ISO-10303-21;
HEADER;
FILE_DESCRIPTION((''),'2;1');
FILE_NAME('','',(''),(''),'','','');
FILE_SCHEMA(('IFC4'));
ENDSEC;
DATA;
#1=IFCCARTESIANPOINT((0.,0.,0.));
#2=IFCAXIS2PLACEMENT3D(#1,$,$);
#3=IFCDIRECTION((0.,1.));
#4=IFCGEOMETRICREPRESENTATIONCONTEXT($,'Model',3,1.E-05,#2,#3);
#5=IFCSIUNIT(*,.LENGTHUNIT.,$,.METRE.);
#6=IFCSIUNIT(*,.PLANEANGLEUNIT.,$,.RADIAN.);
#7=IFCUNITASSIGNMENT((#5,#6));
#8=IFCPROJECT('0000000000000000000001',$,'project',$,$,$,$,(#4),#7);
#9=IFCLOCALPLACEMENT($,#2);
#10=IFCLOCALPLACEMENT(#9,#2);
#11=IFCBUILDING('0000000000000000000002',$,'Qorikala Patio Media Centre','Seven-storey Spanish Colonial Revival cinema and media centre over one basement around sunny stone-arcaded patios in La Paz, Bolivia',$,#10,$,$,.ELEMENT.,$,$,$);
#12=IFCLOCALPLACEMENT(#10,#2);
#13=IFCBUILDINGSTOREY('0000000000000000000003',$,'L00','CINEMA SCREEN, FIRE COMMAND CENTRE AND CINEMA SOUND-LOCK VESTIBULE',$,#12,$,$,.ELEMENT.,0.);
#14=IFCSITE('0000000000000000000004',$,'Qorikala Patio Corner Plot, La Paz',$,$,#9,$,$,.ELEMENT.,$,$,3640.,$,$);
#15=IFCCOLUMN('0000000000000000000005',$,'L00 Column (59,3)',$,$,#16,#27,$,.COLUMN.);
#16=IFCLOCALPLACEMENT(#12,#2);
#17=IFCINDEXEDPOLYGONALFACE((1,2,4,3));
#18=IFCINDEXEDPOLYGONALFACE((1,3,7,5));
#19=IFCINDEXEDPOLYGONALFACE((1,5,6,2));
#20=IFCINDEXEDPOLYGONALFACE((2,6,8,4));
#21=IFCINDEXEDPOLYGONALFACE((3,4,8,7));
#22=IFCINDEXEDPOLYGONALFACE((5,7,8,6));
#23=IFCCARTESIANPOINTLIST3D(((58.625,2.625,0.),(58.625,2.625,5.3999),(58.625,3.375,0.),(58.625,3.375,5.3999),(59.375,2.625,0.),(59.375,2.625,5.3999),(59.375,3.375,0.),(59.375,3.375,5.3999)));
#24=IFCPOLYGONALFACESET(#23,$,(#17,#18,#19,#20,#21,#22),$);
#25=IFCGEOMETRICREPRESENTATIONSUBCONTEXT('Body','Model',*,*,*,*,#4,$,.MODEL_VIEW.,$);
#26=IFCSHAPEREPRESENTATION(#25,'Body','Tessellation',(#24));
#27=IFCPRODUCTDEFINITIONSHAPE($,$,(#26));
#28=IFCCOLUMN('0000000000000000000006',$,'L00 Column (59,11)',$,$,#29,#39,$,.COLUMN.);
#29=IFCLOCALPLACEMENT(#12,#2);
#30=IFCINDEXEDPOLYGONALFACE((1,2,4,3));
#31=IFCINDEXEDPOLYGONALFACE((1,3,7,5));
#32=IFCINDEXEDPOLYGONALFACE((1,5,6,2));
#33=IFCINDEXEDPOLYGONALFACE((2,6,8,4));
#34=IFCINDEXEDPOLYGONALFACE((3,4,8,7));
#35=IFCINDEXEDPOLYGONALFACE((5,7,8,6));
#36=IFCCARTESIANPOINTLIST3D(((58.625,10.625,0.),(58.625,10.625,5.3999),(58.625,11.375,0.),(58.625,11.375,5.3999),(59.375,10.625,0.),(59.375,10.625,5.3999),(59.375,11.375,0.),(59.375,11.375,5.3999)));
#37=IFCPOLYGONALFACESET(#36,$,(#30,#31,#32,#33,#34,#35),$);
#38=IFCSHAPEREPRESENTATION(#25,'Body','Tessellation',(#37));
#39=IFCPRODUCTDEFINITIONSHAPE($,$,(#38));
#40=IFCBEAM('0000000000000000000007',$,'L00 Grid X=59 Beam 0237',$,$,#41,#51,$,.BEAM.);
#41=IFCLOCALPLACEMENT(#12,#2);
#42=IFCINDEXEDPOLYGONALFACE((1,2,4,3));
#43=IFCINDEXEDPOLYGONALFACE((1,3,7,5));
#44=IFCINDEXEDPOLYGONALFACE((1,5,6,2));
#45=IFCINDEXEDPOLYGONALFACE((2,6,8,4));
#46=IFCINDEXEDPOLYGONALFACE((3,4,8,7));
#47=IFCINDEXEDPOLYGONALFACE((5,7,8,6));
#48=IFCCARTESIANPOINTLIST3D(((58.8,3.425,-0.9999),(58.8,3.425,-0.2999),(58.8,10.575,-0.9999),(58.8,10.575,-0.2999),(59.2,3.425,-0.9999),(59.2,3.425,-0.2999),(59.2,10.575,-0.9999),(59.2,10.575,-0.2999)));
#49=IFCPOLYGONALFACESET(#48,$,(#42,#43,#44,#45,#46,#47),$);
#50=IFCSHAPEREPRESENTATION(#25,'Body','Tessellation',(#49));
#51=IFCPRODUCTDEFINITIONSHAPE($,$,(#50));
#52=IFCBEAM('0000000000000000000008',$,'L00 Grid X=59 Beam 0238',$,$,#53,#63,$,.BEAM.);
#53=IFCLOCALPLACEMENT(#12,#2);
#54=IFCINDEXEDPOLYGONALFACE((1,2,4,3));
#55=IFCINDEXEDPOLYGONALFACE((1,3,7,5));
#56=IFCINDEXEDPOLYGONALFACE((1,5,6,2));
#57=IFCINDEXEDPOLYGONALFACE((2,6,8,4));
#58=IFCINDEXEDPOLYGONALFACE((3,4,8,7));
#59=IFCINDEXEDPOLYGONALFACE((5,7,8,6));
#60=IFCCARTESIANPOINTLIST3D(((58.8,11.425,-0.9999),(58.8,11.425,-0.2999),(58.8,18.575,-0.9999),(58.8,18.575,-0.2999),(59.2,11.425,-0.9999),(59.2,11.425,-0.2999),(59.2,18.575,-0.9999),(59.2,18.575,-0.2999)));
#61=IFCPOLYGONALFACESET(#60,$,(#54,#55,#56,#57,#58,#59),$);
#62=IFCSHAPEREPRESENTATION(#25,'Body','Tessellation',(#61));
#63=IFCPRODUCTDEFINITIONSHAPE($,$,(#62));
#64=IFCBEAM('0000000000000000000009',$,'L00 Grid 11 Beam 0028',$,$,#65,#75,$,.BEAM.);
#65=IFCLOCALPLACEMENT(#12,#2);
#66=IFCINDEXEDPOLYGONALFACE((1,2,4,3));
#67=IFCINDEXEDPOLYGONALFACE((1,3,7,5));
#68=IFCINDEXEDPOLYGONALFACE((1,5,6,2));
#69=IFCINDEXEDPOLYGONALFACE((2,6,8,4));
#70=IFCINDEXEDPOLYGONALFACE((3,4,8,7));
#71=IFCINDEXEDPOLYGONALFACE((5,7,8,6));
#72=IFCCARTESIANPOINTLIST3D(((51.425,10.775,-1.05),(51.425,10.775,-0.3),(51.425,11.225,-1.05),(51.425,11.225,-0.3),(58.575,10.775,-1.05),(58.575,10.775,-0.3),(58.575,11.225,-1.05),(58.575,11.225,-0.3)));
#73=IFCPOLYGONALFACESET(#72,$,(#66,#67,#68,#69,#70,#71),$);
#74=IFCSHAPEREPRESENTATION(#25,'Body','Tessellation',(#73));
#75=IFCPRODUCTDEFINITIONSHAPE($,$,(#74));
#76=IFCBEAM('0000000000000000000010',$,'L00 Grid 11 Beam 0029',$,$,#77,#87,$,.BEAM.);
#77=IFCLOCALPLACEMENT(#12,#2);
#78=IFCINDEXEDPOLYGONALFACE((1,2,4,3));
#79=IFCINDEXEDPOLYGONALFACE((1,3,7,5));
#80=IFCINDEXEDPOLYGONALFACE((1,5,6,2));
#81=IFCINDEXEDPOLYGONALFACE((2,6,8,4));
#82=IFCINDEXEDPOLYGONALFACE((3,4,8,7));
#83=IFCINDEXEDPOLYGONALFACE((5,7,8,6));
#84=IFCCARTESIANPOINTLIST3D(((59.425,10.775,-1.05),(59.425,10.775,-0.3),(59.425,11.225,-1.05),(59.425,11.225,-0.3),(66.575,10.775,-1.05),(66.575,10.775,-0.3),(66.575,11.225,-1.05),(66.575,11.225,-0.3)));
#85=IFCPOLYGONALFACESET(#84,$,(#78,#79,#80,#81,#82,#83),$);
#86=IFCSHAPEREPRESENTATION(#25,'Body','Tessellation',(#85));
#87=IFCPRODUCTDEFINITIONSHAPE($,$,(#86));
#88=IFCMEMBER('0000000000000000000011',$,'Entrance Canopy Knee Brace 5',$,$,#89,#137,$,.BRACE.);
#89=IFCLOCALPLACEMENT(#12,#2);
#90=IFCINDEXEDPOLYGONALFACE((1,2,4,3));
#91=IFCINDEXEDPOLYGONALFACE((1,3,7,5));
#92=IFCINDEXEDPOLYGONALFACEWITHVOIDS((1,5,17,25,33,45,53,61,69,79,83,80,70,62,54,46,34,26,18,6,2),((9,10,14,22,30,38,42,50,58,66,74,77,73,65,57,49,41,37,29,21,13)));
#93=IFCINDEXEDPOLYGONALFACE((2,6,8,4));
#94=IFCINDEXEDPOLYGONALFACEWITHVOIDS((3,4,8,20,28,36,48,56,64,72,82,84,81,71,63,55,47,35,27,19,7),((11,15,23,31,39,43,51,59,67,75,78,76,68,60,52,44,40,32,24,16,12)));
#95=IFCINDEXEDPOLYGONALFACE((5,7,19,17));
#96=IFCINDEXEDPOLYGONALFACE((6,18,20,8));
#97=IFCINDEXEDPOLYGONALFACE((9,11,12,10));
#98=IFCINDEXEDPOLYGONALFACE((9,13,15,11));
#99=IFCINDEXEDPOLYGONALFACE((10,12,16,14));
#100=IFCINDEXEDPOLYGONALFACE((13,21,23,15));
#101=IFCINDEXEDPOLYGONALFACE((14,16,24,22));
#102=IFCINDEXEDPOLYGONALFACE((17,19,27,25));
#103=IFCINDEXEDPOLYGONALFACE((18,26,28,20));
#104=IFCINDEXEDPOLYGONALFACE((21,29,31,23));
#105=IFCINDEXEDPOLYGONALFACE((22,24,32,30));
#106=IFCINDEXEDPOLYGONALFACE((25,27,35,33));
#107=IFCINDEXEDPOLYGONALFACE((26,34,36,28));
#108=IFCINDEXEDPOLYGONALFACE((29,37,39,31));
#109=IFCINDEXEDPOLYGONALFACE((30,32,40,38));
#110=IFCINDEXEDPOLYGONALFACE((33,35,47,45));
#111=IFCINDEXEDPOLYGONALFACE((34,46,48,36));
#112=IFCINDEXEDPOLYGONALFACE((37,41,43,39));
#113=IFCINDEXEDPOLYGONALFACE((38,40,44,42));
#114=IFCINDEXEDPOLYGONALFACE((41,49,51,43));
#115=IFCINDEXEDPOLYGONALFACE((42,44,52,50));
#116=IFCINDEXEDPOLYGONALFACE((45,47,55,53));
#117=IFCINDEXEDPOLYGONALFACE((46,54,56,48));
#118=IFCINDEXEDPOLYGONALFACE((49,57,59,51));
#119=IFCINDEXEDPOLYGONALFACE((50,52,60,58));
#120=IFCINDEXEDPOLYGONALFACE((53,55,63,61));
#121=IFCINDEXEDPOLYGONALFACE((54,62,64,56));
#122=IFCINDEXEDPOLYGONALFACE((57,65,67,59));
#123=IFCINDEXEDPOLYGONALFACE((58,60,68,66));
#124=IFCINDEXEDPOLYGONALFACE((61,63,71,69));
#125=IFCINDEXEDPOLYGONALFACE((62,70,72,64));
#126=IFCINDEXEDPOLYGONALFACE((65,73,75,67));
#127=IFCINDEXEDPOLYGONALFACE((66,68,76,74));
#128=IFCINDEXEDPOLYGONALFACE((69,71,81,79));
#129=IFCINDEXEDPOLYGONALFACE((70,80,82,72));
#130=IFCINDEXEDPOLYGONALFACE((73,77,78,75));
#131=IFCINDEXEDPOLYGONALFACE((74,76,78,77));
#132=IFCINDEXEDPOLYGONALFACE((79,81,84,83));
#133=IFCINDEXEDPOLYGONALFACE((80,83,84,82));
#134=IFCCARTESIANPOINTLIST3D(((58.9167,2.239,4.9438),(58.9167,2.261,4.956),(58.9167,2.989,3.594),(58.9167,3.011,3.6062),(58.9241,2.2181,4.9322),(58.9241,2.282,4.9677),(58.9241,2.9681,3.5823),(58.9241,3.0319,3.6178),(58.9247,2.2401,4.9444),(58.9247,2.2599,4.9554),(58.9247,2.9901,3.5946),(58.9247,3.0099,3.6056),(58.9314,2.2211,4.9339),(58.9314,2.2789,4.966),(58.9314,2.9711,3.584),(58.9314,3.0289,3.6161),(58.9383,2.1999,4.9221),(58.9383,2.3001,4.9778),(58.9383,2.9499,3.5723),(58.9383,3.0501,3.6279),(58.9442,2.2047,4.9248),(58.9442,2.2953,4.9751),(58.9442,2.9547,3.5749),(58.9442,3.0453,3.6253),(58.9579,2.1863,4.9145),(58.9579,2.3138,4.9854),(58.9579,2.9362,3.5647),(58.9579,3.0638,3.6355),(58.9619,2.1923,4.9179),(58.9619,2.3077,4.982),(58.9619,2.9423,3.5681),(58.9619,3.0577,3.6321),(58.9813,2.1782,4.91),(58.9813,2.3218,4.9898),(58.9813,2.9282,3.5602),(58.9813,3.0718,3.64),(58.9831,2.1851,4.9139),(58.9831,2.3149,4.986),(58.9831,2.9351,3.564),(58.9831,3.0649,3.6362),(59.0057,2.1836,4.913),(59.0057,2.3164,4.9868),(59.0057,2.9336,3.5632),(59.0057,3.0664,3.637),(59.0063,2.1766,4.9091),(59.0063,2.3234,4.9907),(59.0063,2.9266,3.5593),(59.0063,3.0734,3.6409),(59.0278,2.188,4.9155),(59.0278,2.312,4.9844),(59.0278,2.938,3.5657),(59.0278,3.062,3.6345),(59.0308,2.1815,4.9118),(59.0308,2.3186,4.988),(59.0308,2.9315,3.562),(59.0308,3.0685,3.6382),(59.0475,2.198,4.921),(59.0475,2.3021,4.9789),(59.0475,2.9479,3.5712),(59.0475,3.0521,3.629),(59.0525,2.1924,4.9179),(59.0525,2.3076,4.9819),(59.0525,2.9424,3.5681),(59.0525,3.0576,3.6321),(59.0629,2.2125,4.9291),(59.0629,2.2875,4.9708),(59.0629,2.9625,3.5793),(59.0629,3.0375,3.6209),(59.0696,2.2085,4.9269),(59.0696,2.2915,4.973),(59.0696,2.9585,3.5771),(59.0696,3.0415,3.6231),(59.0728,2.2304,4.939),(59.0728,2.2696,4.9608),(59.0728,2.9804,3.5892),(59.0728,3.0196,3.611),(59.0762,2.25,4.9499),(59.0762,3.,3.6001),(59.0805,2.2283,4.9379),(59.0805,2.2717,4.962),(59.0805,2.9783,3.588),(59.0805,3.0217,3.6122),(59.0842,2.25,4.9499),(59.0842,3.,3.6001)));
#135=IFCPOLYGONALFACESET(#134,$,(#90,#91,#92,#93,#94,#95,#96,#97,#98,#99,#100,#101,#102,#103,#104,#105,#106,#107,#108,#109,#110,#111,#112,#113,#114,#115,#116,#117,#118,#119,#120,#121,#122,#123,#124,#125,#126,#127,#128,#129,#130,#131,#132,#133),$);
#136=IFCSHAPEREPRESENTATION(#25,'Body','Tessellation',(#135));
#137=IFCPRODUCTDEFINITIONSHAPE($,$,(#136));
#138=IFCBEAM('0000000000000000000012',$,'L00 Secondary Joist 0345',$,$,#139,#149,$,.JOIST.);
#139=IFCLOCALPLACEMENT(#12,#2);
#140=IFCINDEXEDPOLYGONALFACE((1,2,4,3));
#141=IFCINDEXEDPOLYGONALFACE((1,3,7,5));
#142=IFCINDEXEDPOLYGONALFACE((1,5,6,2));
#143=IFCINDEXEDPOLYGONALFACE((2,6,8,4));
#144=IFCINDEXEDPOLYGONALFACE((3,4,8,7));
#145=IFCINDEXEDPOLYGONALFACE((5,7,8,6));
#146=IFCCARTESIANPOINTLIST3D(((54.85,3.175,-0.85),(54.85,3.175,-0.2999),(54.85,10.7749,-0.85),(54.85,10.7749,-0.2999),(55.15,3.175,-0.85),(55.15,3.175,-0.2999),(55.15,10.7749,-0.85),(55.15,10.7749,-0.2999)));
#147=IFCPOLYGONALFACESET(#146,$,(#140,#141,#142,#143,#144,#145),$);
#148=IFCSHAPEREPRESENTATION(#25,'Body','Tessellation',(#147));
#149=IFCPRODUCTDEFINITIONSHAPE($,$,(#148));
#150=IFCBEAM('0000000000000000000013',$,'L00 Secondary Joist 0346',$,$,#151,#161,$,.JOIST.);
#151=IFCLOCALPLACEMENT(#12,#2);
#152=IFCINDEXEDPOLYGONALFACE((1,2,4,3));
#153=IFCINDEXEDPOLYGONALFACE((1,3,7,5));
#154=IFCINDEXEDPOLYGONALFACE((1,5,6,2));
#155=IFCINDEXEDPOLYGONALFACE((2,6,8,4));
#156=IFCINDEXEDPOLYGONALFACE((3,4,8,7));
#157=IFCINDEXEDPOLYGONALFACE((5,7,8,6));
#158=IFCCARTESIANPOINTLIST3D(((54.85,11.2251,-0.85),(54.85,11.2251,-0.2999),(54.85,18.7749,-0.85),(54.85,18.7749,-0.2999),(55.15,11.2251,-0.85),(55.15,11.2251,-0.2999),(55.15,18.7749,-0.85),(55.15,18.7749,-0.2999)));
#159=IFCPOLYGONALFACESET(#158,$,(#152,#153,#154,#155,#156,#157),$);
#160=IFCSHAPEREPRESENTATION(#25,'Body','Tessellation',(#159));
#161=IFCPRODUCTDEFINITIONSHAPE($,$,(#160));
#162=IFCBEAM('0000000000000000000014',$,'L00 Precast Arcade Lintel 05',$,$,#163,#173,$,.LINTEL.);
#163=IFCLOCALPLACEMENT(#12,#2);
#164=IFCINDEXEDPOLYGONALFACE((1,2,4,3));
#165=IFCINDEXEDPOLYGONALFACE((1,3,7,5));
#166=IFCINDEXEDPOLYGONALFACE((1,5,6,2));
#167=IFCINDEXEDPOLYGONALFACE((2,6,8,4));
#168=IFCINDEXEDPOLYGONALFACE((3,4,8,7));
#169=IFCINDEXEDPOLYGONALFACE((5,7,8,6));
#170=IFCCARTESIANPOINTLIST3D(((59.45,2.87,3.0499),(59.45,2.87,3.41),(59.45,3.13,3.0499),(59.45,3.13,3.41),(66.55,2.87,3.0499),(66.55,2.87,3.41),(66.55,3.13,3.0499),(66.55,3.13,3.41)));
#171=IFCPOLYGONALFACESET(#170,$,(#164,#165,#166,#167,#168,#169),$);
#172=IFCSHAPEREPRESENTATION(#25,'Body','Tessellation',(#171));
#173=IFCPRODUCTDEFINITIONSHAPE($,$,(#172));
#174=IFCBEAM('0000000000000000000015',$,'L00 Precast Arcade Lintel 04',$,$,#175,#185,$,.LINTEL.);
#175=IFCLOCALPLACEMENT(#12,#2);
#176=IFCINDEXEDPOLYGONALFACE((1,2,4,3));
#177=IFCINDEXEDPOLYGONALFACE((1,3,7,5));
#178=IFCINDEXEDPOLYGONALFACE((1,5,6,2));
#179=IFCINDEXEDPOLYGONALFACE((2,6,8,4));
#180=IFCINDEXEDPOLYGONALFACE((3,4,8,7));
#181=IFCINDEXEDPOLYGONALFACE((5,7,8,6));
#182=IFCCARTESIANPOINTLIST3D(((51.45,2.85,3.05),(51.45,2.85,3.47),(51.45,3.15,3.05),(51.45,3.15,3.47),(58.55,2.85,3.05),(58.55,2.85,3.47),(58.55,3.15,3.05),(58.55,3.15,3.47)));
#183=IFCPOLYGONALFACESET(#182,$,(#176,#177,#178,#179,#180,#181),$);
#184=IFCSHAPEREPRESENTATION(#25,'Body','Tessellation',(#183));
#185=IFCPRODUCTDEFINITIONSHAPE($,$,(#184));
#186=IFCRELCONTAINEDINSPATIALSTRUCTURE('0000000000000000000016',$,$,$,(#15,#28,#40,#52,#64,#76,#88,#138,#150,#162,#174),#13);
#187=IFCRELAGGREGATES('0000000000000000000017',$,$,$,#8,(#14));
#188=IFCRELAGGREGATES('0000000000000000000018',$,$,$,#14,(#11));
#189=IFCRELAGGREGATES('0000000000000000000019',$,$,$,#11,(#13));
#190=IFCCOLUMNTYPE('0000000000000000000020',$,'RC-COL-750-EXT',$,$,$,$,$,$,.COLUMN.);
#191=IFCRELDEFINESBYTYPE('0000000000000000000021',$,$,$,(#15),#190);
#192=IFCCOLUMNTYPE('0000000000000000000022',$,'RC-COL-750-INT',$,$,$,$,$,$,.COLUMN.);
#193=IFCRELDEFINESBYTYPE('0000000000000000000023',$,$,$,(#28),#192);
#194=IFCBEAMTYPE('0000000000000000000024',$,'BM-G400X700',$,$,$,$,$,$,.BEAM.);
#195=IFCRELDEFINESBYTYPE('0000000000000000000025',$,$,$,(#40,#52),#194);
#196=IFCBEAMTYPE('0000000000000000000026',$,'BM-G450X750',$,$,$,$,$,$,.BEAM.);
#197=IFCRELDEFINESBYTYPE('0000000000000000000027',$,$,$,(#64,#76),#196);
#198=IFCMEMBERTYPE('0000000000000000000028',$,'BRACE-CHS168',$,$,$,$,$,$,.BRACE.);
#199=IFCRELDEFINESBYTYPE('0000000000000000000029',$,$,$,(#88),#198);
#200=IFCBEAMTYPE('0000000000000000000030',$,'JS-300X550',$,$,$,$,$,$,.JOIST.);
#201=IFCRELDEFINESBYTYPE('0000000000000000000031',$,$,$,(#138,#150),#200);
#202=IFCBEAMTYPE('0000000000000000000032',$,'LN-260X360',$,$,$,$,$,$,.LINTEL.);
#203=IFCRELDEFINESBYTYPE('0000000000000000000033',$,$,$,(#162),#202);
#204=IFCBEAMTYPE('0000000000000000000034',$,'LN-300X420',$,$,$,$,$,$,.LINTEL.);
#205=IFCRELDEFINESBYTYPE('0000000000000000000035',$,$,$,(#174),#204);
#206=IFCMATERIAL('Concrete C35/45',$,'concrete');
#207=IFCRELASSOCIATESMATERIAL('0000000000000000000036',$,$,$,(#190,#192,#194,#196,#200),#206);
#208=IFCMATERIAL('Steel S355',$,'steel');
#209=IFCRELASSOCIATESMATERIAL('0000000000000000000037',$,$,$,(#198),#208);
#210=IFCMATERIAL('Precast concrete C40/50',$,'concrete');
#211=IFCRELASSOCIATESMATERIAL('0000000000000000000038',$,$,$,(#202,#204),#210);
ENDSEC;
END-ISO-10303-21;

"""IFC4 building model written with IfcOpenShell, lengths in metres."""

from ifc_helpers import new_model, si_unit, direction, frame, origin, origin_2d, place, context, subcontext, project, spatial, rectangle, hollow_circle, extrude, material, material_profile, profile_set, type_object, element, save


model = new_model("IFC4")

# Units and contexts
model_context = context("Model", 3, precision=1e-05, world=origin(), true_north=direction((0.0, 1.0)))
body_context = subcontext(model_context, "Body", "Model", "MODEL_VIEW")
ifc_project = project(units=[si_unit("LENGTHUNIT", "METRE"), si_unit("PLANEANGLEUNIT", "RADIAN")], contexts=[model_context])

# Site, building, storey
site_placement = place(None, origin())
site = spatial("IfcSite", under=ifc_project, at=site_placement, Name="Qorikala Patio Corner Plot, La Paz", CompositionType="ELEMENT", RefElevation=3640.0)
building_placement = place(site_placement, origin())
building = spatial("IfcBuilding", under=site, at=building_placement, Name="Qorikala Patio Media Centre", Description="Seven-storey Spanish Colonial Revival cinema and media centre over one basement around sunny stone-arcaded patios in La Paz, Bolivia", CompositionType="ELEMENT")
storey_placement = place(building_placement, origin())
storey = spatial("IfcBuildingStorey", under=building, at=storey_placement, Name="L00", Description="CINEMA SCREEN, FIRE COMMAND CENTRE AND CINEMA SOUND-LOCK VESTIBULE", CompositionType="ELEMENT", Elevation=0.0)

# Columns
ifc_material_1 = material(Name="Concrete C35/45", Category="concrete")
ifc_material_profile_1 = material_profile(ifc_material_1, rectangle(XDim=0.75, YDim=0.75, at=origin_2d()), Name="RC 750x750")
ifc_profile_set_1 = profile_set([ifc_material_profile_1], Name="Concrete C35/45")
column_type_1 = type_object("IfcColumnType", Name="RC-COL-750-EXT", PredefinedType="COLUMN", material=ifc_profile_set_1)
column_1_placement = place(storey_placement, frame((59.0, 3.0, 0.0), z_axis=(0.0, 0.0, 1.0), x_axis=(1.0, 0.0, 0.0)))
element("IfcColumn", 1, at=column_1_placement, inside=storey, type_object=column_type_1, Name="L00 Column (59,3)", PredefinedType="COLUMN", context=body_context, shape_type="SweptSolid", body=[
    extrude(rectangle(XDim=0.75, YDim=0.75, at=origin_2d()), origin(), (0.0, 0.0, 1.0), 5.3999),
])
ifc_material_profile_2 = material_profile(ifc_material_1, rectangle(XDim=0.75, YDim=0.75, at=origin_2d()), Name="RC 750x750")
ifc_profile_set_2 = profile_set([ifc_material_profile_2], Name="Concrete C35/45")
column_type_2 = type_object("IfcColumnType", Name="RC-COL-750-INT", PredefinedType="COLUMN", material=ifc_profile_set_2)
column_2_placement = place(storey_placement, frame((59.0, 11.0, 0.0), z_axis=(0.0, 0.0, 1.0), x_axis=(1.0, 0.0, 0.0)))
element("IfcColumn", 2, at=column_2_placement, inside=storey, type_object=column_type_2, Name="L00 Column (59,11)", PredefinedType="COLUMN", context=body_context, shape_type="SweptSolid", body=[
    extrude(rectangle(XDim=0.75, YDim=0.75, at=origin_2d()), origin(), (0.0, 0.0, 1.0), 5.3999),
])

# Beams
ifc_material_profile_3 = material_profile(ifc_material_1, rectangle(XDim=0.3999, YDim=0.7, at=origin_2d()), Name="RC 400x700")
ifc_profile_set_3 = profile_set([ifc_material_profile_3], Name="Concrete C35/45")
beam_type_1 = type_object("IfcBeamType", Name="BM-G400X700", PredefinedType="BEAM", material=ifc_profile_set_3)
for number, where, z_axis, x_axis, name in (
    (3, (59.0, 3.425, -0.6499), (0.0, 1.0, 0.0), (-1.0, 0.0, 0.0), "L00 Grid X=59 Beam 0237"),
    (4, (59.0, 11.425, -0.6499), (0.0, 1.0, 0.0), (-1.0, 0.0, 0.0), "L00 Grid X=59 Beam 0238"),
):
    element("IfcBeam", number, at=place(storey_placement, frame(where, z_axis=z_axis, x_axis=x_axis)), inside=storey, type_object=beam_type_1, Name=name, PredefinedType="BEAM", context=body_context, shape_type="SweptSolid", body=[
        extrude(rectangle(XDim=0.3999, YDim=0.7, at=origin_2d()), origin(), (0.0, 0.0, 1.0), 7.1499),
    ])
ifc_material_profile_4 = material_profile(ifc_material_1, rectangle(XDim=0.45, YDim=0.75, at=origin_2d()), Name="RC 450x750")
ifc_profile_set_4 = profile_set([ifc_material_profile_4], Name="Concrete C35/45")
beam_type_2 = type_object("IfcBeamType", Name="BM-G450X750", PredefinedType="BEAM", material=ifc_profile_set_4)
for number, where, z_axis, x_axis, name in (
    (5, (51.425, 11.0, -0.675), (1.0, 0.0, 0.0), (0.0, 1.0, 0.0), "L00 Grid 11 Beam 0028"),
    (6, (59.425, 11.0, -0.675), (1.0, 0.0, 0.0), (0.0, 1.0, 0.0), "L00 Grid 11 Beam 0029"),
):
    element("IfcBeam", number, at=place(storey_placement, frame(where, z_axis=z_axis, x_axis=x_axis)), inside=storey, type_object=beam_type_2, Name=name, PredefinedType="BEAM", context=body_context, shape_type="SweptSolid", body=[
        extrude(rectangle(XDim=0.45, YDim=0.75, at=origin_2d()), origin(), (0.0, 0.0, 1.0), 7.1499),
    ])

# Member
ifc_material_2 = material(Name="Steel S355", Category="steel")
ifc_material_profile_5 = material_profile(ifc_material_2, hollow_circle(Radius=0.0842, WallThickness=0.0081, at=origin_2d()), Name="CHS168X8")
ifc_profile_set_5 = profile_set([ifc_material_profile_5], Name="Steel S355")
member_type = type_object("IfcMemberType", Name="BRACE-CHS168", PredefinedType="BRACE", material=ifc_profile_set_5)
member_placement = place(storey_placement, frame((59.0, 3.0, 3.6001), z_axis=(0.0, -0.485683, 0.874135), x_axis=(1.0, 0.0, 0.0)))
element("IfcMember", 7, at=member_placement, inside=storey, type_object=member_type, Name="Entrance Canopy Knee Brace 5", PredefinedType="BRACE", context=body_context, shape_type="SweptSolid", body=[
    extrude(hollow_circle(Radius=0.0842, WallThickness=0.0081, at=origin_2d()), origin(), (0.0, 0.0, 1.0), 1.5442),
])

# Beams
ifc_material_profile_6 = material_profile(ifc_material_1, rectangle(XDim=0.3, YDim=0.55, at=origin_2d()), Name="RC 300x550")
ifc_profile_set_6 = profile_set([ifc_material_profile_6], Name="Concrete C35/45")
beam_type_3 = type_object("IfcBeamType", Name="JS-300X550", PredefinedType="JOIST", material=ifc_profile_set_6)
beam_1_placement = place(storey_placement, frame((55.0, 3.175, -0.575), z_axis=(0.0, 1.0, 0.0), x_axis=(-1.0, 0.0, 0.0)))
element("IfcBeam", 8, at=beam_1_placement, inside=storey, type_object=beam_type_3, Name="L00 Secondary Joist 0345", PredefinedType="JOIST", context=body_context, shape_type="SweptSolid", body=[
    extrude(rectangle(XDim=0.3, YDim=0.55, at=origin_2d()), origin(), (0.0, 0.0, 1.0), 7.5999),
])
beam_2_placement = place(storey_placement, frame((55.0, 11.2251, -0.575), z_axis=(0.0, 1.0, 0.0), x_axis=(-1.0, 0.0, 0.0)))
element("IfcBeam", 9, at=beam_2_placement, inside=storey, type_object=beam_type_3, Name="L00 Secondary Joist 0346", PredefinedType="JOIST", context=body_context, shape_type="SweptSolid", body=[
    extrude(rectangle(XDim=0.3, YDim=0.55, at=origin_2d()), origin(), (0.0, 0.0, 1.0), 7.5498),
])
ifc_material_3 = material(Name="Precast concrete C40/50", Category="concrete")
ifc_material_profile_7 = material_profile(ifc_material_3, rectangle(XDim=0.26, YDim=0.3601, at=origin_2d()), Name="RC 260x360")
ifc_profile_set_7 = profile_set([ifc_material_profile_7], Name="Precast concrete C40/50")
beam_type_4 = type_object("IfcBeamType", Name="LN-260X360", PredefinedType="LINTEL", material=ifc_profile_set_7)
beam_3_placement = place(storey_placement, frame((59.45, 3.0, 3.23), z_axis=(1.0, 0.0, 0.0), x_axis=(0.0, 1.0, 0.0)))
element("IfcBeam", 10, at=beam_3_placement, inside=storey, type_object=beam_type_4, Name="L00 Precast Arcade Lintel 05", PredefinedType="LINTEL", context=body_context, shape_type="SweptSolid", body=[
    extrude(rectangle(XDim=0.26, YDim=0.3601, at=origin_2d()), origin(), (0.0, 0.0, 1.0), 7.1001),
])
ifc_material_profile_8 = material_profile(ifc_material_3, rectangle(XDim=0.3, YDim=0.4199, at=origin_2d()), Name="RC 300x420")
ifc_profile_set_8 = profile_set([ifc_material_profile_8], Name="Precast concrete C40/50")
beam_type_5 = type_object("IfcBeamType", Name="LN-300X420", PredefinedType="LINTEL", material=ifc_profile_set_8)
beam_4_placement = place(storey_placement, frame((51.45, 3.0, 3.26), z_axis=(1.0, 0.0, 0.0), x_axis=(0.0, 1.0, 0.0)))
element("IfcBeam", 11, at=beam_4_placement, inside=storey, type_object=beam_type_5, Name="L00 Precast Arcade Lintel 04", PredefinedType="LINTEL", context=body_context, shape_type="SweptSolid", body=[
    extrude(rectangle(XDim=0.3, YDim=0.4199, at=origin_2d()), origin(), (0.0, 0.0, 1.0), 7.1001),
])

save(model, "model.ifc")
